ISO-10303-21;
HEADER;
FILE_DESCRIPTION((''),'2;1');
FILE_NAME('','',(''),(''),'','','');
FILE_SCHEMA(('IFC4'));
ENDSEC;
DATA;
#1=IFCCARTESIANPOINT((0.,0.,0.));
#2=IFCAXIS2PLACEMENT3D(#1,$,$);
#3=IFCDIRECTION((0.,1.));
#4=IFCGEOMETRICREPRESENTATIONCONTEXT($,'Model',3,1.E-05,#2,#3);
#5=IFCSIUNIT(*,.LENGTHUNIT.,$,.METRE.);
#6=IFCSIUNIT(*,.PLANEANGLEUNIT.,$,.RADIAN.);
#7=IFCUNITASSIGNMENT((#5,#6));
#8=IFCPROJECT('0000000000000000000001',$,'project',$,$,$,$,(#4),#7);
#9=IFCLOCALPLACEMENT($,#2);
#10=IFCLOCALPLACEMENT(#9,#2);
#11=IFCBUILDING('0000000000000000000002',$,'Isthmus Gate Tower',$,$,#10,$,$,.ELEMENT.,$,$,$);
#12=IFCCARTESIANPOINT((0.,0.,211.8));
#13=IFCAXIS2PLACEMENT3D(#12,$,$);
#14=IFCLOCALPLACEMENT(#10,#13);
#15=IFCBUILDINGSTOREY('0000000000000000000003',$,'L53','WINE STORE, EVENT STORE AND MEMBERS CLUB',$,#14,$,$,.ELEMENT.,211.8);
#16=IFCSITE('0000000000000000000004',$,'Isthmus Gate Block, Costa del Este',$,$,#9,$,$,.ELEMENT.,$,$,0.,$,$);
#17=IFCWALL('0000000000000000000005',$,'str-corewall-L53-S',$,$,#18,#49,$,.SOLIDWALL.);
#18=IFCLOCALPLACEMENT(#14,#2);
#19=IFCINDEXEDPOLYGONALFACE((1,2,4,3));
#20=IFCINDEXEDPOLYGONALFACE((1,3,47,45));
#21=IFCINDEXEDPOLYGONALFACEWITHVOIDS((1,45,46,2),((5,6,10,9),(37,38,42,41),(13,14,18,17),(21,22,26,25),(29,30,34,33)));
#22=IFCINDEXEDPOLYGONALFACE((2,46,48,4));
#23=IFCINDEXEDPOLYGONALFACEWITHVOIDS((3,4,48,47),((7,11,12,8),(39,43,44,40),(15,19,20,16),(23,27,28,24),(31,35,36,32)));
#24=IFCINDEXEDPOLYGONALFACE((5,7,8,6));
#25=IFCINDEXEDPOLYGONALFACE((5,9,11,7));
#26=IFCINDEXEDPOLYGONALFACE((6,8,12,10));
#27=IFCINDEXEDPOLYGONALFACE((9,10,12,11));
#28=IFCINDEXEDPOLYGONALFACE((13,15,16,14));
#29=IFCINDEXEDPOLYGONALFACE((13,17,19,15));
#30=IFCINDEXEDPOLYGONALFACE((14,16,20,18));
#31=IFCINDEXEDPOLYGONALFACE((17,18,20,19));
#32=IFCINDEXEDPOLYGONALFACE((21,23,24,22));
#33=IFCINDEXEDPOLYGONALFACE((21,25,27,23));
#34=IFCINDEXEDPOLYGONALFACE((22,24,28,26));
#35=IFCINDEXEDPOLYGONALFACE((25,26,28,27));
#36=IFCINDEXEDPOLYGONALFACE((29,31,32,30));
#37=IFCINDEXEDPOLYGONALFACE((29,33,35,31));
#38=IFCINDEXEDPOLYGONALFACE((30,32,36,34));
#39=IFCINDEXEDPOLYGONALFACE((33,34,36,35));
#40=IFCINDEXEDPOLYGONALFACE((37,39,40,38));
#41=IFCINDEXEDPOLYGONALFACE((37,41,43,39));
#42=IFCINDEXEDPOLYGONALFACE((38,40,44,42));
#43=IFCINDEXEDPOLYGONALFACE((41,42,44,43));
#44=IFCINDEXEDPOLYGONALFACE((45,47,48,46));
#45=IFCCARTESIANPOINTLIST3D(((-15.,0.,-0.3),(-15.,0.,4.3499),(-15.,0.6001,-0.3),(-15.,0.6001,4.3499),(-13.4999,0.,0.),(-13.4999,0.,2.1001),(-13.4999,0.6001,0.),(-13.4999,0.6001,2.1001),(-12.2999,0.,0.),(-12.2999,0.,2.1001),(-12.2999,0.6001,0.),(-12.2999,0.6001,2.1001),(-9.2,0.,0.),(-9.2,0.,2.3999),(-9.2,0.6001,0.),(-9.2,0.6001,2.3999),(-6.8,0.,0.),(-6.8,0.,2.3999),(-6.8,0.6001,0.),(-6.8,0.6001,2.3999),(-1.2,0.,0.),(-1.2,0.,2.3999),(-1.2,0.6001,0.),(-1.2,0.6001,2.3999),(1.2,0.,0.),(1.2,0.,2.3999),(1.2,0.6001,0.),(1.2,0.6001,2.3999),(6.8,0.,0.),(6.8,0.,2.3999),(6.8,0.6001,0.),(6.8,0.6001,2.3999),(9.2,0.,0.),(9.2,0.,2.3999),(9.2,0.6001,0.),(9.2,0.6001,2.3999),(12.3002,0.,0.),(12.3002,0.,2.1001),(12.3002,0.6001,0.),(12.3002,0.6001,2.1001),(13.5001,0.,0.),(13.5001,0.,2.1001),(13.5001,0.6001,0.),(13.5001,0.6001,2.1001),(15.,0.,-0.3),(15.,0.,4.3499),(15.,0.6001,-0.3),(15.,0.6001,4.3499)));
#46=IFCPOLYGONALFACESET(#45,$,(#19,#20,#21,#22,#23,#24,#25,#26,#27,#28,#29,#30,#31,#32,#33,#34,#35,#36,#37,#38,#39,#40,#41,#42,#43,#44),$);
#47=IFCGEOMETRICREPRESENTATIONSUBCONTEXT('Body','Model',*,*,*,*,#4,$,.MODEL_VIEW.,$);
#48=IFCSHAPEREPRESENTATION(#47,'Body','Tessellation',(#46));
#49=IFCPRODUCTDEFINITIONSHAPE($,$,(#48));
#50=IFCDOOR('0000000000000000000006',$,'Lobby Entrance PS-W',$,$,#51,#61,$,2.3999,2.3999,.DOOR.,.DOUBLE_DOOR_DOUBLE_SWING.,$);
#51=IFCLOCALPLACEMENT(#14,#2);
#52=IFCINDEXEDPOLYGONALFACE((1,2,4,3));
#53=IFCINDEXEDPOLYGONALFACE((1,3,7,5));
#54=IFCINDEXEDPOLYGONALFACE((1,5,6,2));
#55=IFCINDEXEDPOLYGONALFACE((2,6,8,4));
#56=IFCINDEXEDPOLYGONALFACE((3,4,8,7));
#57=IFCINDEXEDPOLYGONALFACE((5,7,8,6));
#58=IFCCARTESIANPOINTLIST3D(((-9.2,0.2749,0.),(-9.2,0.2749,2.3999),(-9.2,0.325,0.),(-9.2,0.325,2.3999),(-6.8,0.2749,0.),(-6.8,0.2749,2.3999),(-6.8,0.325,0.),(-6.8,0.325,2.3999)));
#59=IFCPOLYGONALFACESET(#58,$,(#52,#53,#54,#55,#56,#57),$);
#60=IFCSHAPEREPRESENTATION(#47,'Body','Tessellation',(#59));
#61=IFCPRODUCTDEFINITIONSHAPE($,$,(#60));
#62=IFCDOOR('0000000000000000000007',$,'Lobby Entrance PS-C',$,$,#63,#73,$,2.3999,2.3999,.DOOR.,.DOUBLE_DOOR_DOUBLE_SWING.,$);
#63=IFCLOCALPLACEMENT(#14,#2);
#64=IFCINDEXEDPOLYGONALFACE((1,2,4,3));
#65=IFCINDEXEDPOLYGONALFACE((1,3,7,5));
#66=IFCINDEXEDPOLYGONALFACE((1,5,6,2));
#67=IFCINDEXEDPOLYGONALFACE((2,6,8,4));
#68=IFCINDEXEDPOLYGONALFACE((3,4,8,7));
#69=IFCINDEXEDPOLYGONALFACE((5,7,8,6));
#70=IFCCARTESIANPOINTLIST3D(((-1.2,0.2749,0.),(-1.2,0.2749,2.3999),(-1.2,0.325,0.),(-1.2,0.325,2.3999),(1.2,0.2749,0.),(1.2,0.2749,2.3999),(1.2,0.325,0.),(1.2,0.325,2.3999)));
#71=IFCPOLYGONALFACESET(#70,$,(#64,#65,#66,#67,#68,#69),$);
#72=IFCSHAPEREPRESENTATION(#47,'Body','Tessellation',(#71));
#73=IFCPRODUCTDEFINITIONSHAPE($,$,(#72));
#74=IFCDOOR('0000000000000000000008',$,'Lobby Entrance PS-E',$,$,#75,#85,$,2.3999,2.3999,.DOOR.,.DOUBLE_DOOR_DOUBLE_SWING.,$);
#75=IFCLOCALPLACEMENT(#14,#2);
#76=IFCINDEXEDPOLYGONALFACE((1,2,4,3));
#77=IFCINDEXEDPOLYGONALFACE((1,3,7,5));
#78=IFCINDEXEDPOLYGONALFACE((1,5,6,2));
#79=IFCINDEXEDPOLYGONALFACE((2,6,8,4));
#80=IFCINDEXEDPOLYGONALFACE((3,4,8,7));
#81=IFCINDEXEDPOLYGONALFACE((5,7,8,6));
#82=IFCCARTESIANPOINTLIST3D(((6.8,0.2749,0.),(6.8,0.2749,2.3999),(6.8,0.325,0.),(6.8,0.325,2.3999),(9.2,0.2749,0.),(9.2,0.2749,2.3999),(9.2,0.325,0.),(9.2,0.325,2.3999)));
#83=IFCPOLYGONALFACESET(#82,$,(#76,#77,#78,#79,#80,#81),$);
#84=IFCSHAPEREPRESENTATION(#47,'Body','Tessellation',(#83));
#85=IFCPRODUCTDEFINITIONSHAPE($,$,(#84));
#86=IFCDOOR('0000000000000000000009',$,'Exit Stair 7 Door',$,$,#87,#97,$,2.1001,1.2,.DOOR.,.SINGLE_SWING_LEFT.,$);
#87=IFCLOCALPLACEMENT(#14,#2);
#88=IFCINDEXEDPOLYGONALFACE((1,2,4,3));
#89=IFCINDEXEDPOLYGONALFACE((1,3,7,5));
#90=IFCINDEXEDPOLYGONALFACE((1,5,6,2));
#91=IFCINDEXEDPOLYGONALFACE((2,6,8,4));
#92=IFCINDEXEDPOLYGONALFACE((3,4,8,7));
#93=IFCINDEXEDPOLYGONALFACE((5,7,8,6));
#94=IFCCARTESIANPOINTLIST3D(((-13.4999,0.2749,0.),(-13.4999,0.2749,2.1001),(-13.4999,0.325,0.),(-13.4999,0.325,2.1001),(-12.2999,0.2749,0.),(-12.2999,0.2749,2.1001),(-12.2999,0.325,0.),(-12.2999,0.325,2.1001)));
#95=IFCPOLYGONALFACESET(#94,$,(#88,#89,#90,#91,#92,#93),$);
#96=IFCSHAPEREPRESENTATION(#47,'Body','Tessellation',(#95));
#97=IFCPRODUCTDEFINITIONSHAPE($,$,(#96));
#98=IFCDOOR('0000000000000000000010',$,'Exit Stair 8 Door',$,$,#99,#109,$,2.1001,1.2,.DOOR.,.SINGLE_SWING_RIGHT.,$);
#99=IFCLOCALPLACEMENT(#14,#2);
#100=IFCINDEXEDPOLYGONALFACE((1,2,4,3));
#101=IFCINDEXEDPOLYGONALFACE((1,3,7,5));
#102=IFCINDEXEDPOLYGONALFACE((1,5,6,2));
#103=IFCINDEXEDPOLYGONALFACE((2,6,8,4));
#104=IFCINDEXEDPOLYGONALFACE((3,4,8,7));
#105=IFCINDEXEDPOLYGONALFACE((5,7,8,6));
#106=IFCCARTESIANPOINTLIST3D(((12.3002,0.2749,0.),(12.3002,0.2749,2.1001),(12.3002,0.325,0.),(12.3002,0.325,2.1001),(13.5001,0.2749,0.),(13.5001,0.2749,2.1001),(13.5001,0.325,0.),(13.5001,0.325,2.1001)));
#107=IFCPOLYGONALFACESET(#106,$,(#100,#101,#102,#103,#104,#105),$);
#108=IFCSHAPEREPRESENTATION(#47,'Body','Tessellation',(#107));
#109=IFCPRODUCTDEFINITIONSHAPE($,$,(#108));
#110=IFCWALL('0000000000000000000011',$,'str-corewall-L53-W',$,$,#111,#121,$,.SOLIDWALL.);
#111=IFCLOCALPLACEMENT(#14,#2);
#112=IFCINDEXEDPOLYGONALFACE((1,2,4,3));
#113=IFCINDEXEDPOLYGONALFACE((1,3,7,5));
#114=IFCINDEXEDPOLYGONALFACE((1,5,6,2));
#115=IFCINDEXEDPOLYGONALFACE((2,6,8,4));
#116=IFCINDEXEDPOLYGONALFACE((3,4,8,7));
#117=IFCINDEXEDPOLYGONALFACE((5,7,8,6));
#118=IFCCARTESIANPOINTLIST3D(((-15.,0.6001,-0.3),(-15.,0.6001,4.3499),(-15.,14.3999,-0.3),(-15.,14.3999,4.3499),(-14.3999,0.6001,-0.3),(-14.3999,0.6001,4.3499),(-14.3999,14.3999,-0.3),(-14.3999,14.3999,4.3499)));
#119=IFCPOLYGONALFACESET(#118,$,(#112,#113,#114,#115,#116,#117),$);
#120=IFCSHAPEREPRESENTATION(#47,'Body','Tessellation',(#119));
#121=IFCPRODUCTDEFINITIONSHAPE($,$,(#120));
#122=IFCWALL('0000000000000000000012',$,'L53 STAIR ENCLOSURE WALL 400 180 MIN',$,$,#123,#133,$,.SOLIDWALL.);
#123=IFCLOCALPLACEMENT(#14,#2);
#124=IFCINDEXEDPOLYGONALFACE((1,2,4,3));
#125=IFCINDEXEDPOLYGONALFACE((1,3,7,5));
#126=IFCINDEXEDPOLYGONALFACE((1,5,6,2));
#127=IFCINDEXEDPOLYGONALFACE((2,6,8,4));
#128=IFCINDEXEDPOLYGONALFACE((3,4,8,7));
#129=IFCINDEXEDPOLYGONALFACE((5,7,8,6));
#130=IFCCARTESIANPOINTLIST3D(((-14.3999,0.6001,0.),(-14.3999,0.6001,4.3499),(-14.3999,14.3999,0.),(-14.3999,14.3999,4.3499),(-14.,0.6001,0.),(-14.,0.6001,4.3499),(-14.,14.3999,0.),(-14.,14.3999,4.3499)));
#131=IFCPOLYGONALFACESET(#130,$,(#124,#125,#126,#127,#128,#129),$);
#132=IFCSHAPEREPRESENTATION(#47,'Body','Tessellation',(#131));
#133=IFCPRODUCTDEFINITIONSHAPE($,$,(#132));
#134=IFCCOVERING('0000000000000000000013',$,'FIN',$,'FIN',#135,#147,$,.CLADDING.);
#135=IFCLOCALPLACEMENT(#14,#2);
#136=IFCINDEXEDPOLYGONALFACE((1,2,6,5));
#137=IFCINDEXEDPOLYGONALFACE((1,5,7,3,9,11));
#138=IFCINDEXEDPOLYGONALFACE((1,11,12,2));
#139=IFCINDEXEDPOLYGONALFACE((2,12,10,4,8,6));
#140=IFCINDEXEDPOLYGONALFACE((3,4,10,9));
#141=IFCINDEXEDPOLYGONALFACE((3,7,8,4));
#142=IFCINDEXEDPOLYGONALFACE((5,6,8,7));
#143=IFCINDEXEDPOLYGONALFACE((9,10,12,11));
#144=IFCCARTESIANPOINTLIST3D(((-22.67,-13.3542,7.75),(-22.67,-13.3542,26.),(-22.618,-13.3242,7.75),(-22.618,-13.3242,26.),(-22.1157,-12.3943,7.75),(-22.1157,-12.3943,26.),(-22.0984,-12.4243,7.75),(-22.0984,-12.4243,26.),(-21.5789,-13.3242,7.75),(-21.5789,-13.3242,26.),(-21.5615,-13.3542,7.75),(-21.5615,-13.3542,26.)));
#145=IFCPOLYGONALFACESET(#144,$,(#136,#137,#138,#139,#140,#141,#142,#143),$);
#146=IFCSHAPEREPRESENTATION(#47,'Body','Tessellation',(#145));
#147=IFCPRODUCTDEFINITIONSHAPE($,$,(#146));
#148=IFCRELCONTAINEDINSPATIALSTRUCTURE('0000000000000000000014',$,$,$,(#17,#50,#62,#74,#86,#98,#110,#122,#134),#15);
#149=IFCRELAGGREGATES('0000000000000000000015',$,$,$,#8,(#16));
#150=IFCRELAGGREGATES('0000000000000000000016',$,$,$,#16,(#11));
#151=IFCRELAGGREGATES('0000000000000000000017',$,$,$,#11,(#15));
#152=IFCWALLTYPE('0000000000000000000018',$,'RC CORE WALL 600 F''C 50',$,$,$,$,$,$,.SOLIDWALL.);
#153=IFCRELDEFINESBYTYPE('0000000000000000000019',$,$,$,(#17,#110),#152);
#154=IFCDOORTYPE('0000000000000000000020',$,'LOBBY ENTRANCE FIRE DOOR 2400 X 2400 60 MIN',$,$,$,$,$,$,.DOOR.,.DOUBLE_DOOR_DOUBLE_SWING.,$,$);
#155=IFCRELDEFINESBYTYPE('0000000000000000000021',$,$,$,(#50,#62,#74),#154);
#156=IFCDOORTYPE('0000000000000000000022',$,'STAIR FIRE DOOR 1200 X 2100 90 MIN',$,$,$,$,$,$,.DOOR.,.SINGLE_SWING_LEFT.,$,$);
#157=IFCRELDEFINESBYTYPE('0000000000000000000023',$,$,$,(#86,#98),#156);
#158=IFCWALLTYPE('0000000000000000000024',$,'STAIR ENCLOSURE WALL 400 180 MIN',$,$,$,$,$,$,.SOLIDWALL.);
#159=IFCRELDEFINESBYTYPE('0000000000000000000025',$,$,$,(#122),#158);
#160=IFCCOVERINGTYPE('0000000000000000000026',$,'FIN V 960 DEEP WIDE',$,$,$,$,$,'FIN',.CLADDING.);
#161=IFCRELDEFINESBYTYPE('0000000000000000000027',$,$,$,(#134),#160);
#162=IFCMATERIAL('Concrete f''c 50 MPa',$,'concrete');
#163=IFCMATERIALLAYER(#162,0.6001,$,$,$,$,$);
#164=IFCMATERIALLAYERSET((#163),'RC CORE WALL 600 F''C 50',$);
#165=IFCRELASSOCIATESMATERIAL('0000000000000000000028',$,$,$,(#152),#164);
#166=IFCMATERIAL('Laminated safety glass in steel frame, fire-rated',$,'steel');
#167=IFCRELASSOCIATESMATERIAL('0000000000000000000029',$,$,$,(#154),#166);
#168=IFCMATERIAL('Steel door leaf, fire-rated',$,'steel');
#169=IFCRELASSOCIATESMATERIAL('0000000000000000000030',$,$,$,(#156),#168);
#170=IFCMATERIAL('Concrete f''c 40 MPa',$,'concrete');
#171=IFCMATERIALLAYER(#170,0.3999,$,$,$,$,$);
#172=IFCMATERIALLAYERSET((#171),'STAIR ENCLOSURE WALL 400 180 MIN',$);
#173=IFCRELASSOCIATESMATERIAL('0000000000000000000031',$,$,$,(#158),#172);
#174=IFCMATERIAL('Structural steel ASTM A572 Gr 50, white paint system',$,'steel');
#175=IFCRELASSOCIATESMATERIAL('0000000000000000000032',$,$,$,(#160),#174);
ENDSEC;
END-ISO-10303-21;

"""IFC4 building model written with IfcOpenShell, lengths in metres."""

from ifc_helpers import new_model, si_unit, direction, frame, frame_2d, origin, place, context, subcontext, project, spatial, polyline, rectangle, outline, extrude, material, layer, layer_set, material_profile, profile_set, type_object, element, fill, save


model = new_model("IFC4")

# Units and contexts
model_context = context("Model", 3, precision=1e-05, world=origin(), true_north=direction((0.0, 1.0)))
body_context = subcontext(model_context, "Body", "Model", "MODEL_VIEW")
ifc_project = project(units=[si_unit("LENGTHUNIT", "METRE"), si_unit("PLANEANGLEUNIT", "RADIAN")], contexts=[model_context])

# Site, building, storey
site_placement = place(None, origin())
site = spatial("IfcSite", under=ifc_project, at=site_placement, Name="Isthmus Gate Block, Costa del Este", CompositionType="ELEMENT", RefElevation=0.0)
building_placement = place(site_placement, origin())
building = spatial("IfcBuilding", under=site, at=building_placement, Name="Isthmus Gate Tower", CompositionType="ELEMENT")
storey_placement = place(building_placement, frame((0.0, 0.0, 211.8)))
storey = spatial("IfcBuildingStorey", under=building, at=storey_placement, Name="L53", Description="WINE STORE, EVENT STORE AND MEMBERS CLUB", CompositionType="ELEMENT", Elevation=211.8)

# Wall, openings, doors
ifc_material_1 = material(Name="Concrete f'c 50 MPa", Category="concrete")
ifc_layer_1 = layer(ifc_material_1, 0.6001)
ifc_layer_set_1 = layer_set([ifc_layer_1], Name="RC CORE WALL 600 F'C 50")
wall_type_1 = type_object("IfcWallType", Name="RC CORE WALL 600 F'C 50", PredefinedType="SOLIDWALL", material=ifc_layer_set_1)
wall_1_placement = place(storey_placement, frame((-15.0, 0.3, -0.3), z_axis=(0.0, 0.0, 1.0), x_axis=(1.0, 0.0, 0.0)))
wall_1 = element("IfcWall", 1, at=wall_1_placement, inside=storey, type_object=wall_type_1, Name="str-corewall-L53-S", PredefinedType="SOLIDWALL", context=body_context, shape_type="SweptSolid", body=[
    extrude(rectangle(XDim=30.0, YDim=0.6001, at=frame_2d((15.0, 0.0))), origin(), (0.0, 0.0, 1.0), 4.6499),
])
opening_1_placement = place(wall_1_placement, frame((5.8, 0.0, 0.3)))
opening_1 = element("IfcOpeningElement", 2, at=opening_1_placement, cuts=wall_1, PredefinedType="OPENING", context=body_context, shape_type="SweptSolid", body=[
    extrude(rectangle(XDim=2.3999, YDim=2.3999, at=frame_2d((1.2, 1.2))), frame((0.0, 0.3101, 0.0), z_axis=(0.0, -1.0, 0.0), x_axis=(1.0, 0.0, 0.0)), (0.0, 0.0, 1.0), 0.6201),
])
opening_2_placement = place(wall_1_placement, frame((13.8, 0.0, 0.3)))
opening_2 = element("IfcOpeningElement", 3, at=opening_2_placement, cuts=wall_1, PredefinedType="OPENING", context=body_context, shape_type="SweptSolid", body=[
    extrude(rectangle(XDim=2.3999, YDim=2.3999, at=frame_2d((1.2, 1.2))), frame((0.0, 0.3101, 0.0), z_axis=(0.0, -1.0, 0.0), x_axis=(1.0, 0.0, 0.0)), (0.0, 0.0, 1.0), 0.6201),
])
opening_3_placement = place(wall_1_placement, frame((21.8, 0.0, 0.3)))
opening_3 = element("IfcOpeningElement", 4, at=opening_3_placement, cuts=wall_1, PredefinedType="OPENING", context=body_context, shape_type="SweptSolid", body=[
    extrude(rectangle(XDim=2.3999, YDim=2.3999, at=frame_2d((1.2, 1.2))), frame((0.0, 0.3101, 0.0), z_axis=(0.0, -1.0, 0.0), x_axis=(1.0, 0.0, 0.0)), (0.0, 0.0, 1.0), 0.6201),
])
opening_4_placement = place(wall_1_placement, frame((1.5, 0.0, 0.3)))
opening_4 = element("IfcOpeningElement", 5, at=opening_4_placement, cuts=wall_1, PredefinedType="OPENING", context=body_context, shape_type="SweptSolid", body=[
    extrude(rectangle(XDim=1.2, YDim=2.1001, at=frame_2d((0.6001, 1.05))), frame((0.0, 0.3101, 0.0), z_axis=(0.0, -1.0, 0.0), x_axis=(1.0, 0.0, 0.0)), (0.0, 0.0, 1.0), 0.6201),
])
opening_5_placement = place(wall_1_placement, frame((27.3, 0.0, 0.3)))
opening_5 = element("IfcOpeningElement", 6, at=opening_5_placement, cuts=wall_1, PredefinedType="OPENING", context=body_context, shape_type="SweptSolid", body=[
    extrude(rectangle(XDim=1.2, YDim=2.1001, at=frame_2d((0.6001, 1.05))), frame((0.0, 0.3101, 0.0), z_axis=(0.0, -1.0, 0.0), x_axis=(1.0, 0.0, 0.0)), (0.0, 0.0, 1.0), 0.6201),
])
ifc_material_2 = material(Name="Laminated safety glass in steel frame, fire-rated", Category="steel")
door_type_1 = type_object("IfcDoorType", Name="LOBBY ENTRANCE FIRE DOOR 2400 X 2400 60 MIN", OperationType="DOUBLE_DOOR_DOUBLE_SWING", PredefinedType="DOOR", material=ifc_material_2)
door_1_placement = place(opening_1_placement, origin())
door_1 = element("IfcDoor", 7, at=door_1_placement, inside=storey, type_object=door_type_1, Name="Lobby Entrance PS-W", OperationType="DOUBLE_DOOR_DOUBLE_SWING", OverallHeight=2.3999, OverallWidth=2.3999, PredefinedType="DOOR", context=body_context, shape_type="SweptSolid", body=[
    extrude(rectangle(XDim=2.3999, YDim=2.3999, at=frame_2d((1.2, 1.2))), frame((0.0, 0.0249, 0.0), z_axis=(0.0, -1.0, 0.0), x_axis=(1.0, 0.0, 0.0)), (0.0, 0.0, 1.0), 0.05),
])
fill(opening_1, door_1)
door_2_placement = place(opening_2_placement, origin())
door_2 = element("IfcDoor", 8, at=door_2_placement, inside=storey, type_object=door_type_1, Name="Lobby Entrance PS-C", OperationType="DOUBLE_DOOR_DOUBLE_SWING", OverallHeight=2.3999, OverallWidth=2.3999, PredefinedType="DOOR", context=body_context, shape_type="SweptSolid", body=[
    extrude(rectangle(XDim=2.3999, YDim=2.3999, at=frame_2d((1.2, 1.2))), frame((0.0, 0.0249, 0.0), z_axis=(0.0, -1.0, 0.0), x_axis=(1.0, 0.0, 0.0)), (0.0, 0.0, 1.0), 0.05),
])
fill(opening_2, door_2)
door_3_placement = place(opening_3_placement, origin())
door_3 = element("IfcDoor", 9, at=door_3_placement, inside=storey, type_object=door_type_1, Name="Lobby Entrance PS-E", OperationType="DOUBLE_DOOR_DOUBLE_SWING", OverallHeight=2.3999, OverallWidth=2.3999, PredefinedType="DOOR", context=body_context, shape_type="SweptSolid", body=[
    extrude(rectangle(XDim=2.3999, YDim=2.3999, at=frame_2d((1.2, 1.2))), frame((0.0, 0.0249, 0.0), z_axis=(0.0, -1.0, 0.0), x_axis=(1.0, 0.0, 0.0)), (0.0, 0.0, 1.0), 0.05),
])
fill(opening_3, door_3)
ifc_material_3 = material(Name="Steel door leaf, fire-rated", Category="steel")
door_type_2 = type_object("IfcDoorType", Name="STAIR FIRE DOOR 1200 X 2100 90 MIN", OperationType="SINGLE_SWING_LEFT", PredefinedType="DOOR", material=ifc_material_3)
door_4_placement = place(opening_4_placement, origin())
door_4 = element("IfcDoor", 10, at=door_4_placement, inside=storey, type_object=door_type_2, Name="Exit Stair 7 Door", OperationType="SINGLE_SWING_LEFT", OverallHeight=2.1001, OverallWidth=1.2, PredefinedType="DOOR", context=body_context, shape_type="SweptSolid", body=[
    extrude(rectangle(XDim=1.2, YDim=2.1001, at=frame_2d((0.6001, 1.05))), frame((0.0, 0.0249, 0.0), z_axis=(0.0, -1.0, 0.0), x_axis=(1.0, 0.0, 0.0)), (0.0, 0.0, 1.0), 0.05),
])
fill(opening_4, door_4)
door_5_placement = place(opening_5_placement, origin())
door_5 = element("IfcDoor", 11, at=door_5_placement, inside=storey, type_object=door_type_2, Name="Exit Stair 8 Door", OperationType="SINGLE_SWING_RIGHT", OverallHeight=2.1001, OverallWidth=1.2, PredefinedType="DOOR", context=body_context, shape_type="SweptSolid", body=[
    extrude(rectangle(XDim=1.2, YDim=2.1001, at=frame_2d((0.6001, 1.05))), frame((0.0, 0.0249, 0.0), z_axis=(0.0, -1.0, 0.0), x_axis=(1.0, 0.0, 0.0)), (0.0, 0.0, 1.0), 0.05),
])
fill(opening_5, door_5)

# Walls
wall_2_placement = place(storey_placement, frame((-14.7, 0.6001, -0.3), z_axis=(0.0, 0.0, 1.0), x_axis=(0.0, 1.0, 0.0)))
element("IfcWall", 12, at=wall_2_placement, inside=storey, type_object=wall_type_1, Name="str-corewall-L53-W", PredefinedType="SOLIDWALL", context=body_context, shape_type="SweptSolid", body=[
    extrude(rectangle(XDim=13.7998, YDim=0.6001, at=frame_2d((6.8999, 0.0))), origin(), (0.0, 0.0, 1.0), 4.6499),
])
ifc_material_4 = material(Name="Concrete f'c 40 MPa", Category="concrete")
ifc_layer_2 = layer(ifc_material_4, 0.3999)
ifc_layer_set_2 = layer_set([ifc_layer_2], Name="STAIR ENCLOSURE WALL 400 180 MIN")
wall_type_2 = type_object("IfcWallType", Name="STAIR ENCLOSURE WALL 400 180 MIN", PredefinedType="SOLIDWALL", material=ifc_layer_set_2)
wall_3_placement = place(storey_placement, frame((-14.2, 0.6001, 0.0), z_axis=(0.0, 0.0, 1.0), x_axis=(0.0, 1.0, 0.0)))
element("IfcWall", 13, at=wall_3_placement, inside=storey, type_object=wall_type_2, Name="L53 STAIR ENCLOSURE WALL 400 180 MIN", PredefinedType="SOLIDWALL", context=body_context, shape_type="SweptSolid", body=[
    extrude(rectangle(XDim=13.7998, YDim=0.3999, at=frame_2d((6.8999, 0.0))), origin(), (0.0, 0.0, 1.0), 4.3499),
])

# Covering
ifc_material_5 = material(Name="Structural steel ASTM A572 Gr 50, white paint system", Category="steel")
ifc_material_profile_1 = material_profile(ifc_material_5, outline(polyline([(0.0, -0.5542), (0.96, 0.0), (0.0, 0.5542), (0.0, 0.5195), (0.8999, 0.0), (0.0, -0.5195), (0.0, -0.5542)])), Name="V960W")
ifc_profile_set_1 = profile_set([ifc_material_profile_1], Name="Structural steel ASTM A572 Gr 50, white paint system")
covering_type = type_object("IfcCoveringType", Name="FIN V 960 DEEP WIDE", ElementType="FIN", PredefinedType="CLADDING", material=ifc_profile_set_1)
covering_placement = place(storey_placement, frame((-21.8386, -12.8743, 7.75), z_axis=(0.0, 0.0, 1.0), x_axis=(-0.866025, -0.5, 0.0)))
element("IfcCovering", 14, at=covering_placement, inside=storey, type_object=covering_type, Name="FIN", ObjectType="FIN", PredefinedType="CLADDING", context=body_context, shape_type="SweptSolid", body=[
    extrude(outline(polyline([(0.0, -0.5542), (0.96, 0.0), (0.0, 0.5542), (0.0, 0.5195), (0.8999, 0.0), (0.0, -0.5195), (0.0, -0.5542)])), origin(), (0.0, 0.0, 1.0), 18.25),
])

save(model, "model.ifc")
